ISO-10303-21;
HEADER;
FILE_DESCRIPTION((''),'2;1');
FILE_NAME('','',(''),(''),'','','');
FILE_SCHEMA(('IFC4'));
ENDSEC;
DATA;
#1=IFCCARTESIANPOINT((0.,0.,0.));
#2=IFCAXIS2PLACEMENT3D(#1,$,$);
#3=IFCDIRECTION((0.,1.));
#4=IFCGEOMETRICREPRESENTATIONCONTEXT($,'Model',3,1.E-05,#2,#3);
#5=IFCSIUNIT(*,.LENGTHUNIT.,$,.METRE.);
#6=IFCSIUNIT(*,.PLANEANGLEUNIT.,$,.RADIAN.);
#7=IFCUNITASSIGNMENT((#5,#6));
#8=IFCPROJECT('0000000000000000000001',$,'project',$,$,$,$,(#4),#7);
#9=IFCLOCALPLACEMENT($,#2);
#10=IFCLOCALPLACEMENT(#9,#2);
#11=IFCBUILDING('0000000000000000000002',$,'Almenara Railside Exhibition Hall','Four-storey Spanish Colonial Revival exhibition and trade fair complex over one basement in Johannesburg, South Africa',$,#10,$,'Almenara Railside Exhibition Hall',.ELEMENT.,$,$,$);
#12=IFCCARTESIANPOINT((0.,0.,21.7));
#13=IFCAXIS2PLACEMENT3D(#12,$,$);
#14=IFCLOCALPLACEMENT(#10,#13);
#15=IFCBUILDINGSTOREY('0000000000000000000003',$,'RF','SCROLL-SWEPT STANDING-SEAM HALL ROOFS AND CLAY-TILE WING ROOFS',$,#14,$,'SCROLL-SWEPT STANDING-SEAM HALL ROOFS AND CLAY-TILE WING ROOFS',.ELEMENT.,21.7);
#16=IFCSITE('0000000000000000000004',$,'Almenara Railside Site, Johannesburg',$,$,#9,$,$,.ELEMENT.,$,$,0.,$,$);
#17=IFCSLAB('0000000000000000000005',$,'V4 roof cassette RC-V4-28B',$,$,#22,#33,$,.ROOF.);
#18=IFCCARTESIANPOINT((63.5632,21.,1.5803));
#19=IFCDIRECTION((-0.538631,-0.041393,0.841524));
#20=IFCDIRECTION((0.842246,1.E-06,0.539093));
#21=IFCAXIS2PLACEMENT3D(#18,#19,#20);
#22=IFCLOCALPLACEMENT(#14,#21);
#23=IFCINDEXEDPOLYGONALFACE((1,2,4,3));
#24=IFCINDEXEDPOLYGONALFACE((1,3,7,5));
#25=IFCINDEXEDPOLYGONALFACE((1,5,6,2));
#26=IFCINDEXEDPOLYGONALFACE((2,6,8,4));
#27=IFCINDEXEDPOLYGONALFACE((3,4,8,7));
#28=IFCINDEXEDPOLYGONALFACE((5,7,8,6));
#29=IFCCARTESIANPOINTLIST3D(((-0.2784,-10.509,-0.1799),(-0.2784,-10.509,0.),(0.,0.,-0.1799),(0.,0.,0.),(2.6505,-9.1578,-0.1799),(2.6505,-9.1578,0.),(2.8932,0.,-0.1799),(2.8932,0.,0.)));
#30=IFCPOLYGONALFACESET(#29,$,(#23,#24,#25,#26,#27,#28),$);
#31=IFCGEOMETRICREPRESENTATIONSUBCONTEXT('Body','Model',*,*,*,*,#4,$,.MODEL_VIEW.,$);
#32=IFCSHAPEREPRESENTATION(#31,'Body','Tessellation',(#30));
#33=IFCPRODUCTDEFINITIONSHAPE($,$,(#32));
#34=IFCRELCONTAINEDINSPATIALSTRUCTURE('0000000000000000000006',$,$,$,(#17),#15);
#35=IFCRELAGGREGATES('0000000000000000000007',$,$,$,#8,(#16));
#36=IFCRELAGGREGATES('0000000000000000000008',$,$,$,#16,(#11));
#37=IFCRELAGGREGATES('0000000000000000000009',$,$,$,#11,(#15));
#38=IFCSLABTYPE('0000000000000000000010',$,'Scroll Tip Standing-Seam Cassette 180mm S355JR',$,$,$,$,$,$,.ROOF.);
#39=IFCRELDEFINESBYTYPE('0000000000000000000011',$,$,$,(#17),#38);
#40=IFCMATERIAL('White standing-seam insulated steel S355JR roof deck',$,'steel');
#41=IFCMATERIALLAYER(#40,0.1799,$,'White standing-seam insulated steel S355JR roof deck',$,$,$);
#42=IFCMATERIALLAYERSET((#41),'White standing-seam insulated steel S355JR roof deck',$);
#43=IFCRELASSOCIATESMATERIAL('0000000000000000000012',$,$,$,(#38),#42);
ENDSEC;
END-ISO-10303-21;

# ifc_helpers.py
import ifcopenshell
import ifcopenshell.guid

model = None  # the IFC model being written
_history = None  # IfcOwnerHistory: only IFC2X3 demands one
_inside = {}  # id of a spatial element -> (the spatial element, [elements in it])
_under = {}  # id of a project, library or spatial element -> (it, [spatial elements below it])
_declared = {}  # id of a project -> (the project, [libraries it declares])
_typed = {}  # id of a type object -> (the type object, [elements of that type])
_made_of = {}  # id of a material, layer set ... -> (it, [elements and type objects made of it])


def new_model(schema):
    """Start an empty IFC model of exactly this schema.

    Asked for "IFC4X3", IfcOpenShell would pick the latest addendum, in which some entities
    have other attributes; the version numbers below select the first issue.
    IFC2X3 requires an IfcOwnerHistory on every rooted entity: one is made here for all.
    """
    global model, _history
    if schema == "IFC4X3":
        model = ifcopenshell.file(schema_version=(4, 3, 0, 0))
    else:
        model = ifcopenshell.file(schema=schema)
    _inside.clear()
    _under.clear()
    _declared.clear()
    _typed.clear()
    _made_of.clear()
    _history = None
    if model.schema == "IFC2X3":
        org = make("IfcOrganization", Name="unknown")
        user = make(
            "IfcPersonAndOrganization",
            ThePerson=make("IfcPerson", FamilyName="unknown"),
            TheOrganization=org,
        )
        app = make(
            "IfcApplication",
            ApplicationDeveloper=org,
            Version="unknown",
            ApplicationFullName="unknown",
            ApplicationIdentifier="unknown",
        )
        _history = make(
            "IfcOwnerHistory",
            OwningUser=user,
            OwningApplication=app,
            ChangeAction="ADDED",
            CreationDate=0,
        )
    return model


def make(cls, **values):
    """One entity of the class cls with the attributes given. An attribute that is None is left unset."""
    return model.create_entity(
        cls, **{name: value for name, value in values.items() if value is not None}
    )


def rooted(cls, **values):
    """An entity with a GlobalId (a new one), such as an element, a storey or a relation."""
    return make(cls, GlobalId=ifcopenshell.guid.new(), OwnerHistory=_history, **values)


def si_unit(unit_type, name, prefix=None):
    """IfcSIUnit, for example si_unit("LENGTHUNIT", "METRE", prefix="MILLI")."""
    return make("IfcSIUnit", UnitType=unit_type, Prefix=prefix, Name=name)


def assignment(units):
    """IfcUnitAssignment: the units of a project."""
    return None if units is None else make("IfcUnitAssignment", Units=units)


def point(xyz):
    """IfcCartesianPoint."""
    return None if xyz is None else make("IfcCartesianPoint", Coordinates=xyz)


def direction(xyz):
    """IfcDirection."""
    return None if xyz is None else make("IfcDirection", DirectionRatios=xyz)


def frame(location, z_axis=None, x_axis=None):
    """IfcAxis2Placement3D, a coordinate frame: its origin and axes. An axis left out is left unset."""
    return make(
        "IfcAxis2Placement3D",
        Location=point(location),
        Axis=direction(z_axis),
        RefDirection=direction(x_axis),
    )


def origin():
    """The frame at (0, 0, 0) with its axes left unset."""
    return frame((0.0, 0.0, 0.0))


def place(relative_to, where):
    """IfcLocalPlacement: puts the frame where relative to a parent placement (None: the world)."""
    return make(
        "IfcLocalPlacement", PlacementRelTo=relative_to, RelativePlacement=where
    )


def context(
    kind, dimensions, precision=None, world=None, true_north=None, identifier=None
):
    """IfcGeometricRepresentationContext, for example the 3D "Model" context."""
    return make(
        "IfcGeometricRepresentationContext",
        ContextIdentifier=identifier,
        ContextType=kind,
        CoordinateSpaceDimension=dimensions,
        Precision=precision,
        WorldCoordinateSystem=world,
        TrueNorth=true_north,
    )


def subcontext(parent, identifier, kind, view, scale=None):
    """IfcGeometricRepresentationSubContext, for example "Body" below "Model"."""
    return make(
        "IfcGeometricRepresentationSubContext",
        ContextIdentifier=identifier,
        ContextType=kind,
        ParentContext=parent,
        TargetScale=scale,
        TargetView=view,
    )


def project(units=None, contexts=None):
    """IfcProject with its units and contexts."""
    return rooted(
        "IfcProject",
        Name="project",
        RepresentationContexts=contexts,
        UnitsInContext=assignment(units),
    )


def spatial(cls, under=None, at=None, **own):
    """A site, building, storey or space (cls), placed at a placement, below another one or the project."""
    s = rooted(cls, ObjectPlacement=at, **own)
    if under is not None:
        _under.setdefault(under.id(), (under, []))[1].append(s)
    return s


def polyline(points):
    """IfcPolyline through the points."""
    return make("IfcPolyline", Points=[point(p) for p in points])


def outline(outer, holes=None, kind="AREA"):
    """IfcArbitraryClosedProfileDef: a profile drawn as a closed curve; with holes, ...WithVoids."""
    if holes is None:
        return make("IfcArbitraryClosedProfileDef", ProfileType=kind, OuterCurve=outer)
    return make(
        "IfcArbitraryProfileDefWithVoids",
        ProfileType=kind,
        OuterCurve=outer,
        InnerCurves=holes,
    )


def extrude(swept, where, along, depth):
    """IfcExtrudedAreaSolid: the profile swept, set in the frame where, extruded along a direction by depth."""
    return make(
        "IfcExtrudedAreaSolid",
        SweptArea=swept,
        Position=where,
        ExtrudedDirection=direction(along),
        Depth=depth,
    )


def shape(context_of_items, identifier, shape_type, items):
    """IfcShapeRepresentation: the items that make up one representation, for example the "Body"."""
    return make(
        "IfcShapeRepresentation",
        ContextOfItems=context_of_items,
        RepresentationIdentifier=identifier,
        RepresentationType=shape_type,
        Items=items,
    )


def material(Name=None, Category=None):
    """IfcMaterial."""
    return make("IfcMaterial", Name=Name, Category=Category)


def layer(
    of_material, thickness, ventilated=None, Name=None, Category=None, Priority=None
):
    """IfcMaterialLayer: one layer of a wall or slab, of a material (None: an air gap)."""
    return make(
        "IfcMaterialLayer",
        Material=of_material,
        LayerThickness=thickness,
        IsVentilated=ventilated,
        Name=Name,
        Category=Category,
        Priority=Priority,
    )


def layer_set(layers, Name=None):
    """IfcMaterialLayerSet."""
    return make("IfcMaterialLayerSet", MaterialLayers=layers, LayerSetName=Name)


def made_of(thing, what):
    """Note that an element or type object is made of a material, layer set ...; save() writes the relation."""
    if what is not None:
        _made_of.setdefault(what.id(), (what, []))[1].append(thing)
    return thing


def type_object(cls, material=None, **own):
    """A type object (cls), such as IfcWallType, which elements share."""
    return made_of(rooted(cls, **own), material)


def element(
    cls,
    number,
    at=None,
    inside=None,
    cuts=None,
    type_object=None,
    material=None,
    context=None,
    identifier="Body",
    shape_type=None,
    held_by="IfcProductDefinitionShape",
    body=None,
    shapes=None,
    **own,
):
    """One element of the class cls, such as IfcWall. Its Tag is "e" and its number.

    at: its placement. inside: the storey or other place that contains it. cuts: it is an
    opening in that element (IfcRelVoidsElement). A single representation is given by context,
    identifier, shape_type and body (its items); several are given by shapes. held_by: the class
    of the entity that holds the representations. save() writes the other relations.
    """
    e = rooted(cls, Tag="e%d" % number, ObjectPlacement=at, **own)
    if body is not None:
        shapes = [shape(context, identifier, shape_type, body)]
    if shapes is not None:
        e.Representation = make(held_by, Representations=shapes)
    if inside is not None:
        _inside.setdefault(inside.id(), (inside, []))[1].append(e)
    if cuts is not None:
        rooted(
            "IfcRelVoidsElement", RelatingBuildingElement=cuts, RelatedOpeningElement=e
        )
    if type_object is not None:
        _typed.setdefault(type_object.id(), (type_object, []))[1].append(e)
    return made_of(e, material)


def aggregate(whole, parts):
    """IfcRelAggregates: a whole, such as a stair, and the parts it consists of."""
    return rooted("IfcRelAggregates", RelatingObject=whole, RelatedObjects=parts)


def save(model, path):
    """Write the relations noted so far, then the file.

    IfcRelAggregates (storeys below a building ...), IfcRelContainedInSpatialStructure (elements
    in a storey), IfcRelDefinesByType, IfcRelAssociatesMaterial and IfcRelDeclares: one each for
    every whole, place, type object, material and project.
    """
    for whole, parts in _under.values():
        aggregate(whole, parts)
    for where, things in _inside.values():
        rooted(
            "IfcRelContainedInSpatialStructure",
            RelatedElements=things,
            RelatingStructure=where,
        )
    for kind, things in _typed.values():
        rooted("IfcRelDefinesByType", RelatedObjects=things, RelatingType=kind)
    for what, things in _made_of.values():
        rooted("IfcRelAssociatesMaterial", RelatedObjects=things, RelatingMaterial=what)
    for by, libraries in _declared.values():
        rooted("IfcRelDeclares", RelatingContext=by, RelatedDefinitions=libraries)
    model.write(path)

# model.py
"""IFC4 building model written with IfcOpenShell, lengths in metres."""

from ifc_helpers import new_model, si_unit, direction, frame, origin, place, context, subcontext, project, spatial, polyline, outline, extrude, material, layer, layer_set, type_object, element, save


model = new_model("IFC4")

# Units and contexts
model_context = context("Model", 3, precision=1e-05, world=origin(), true_north=direction((0.0, 1.0)))
body_context = subcontext(model_context, "Body", "Model", "MODEL_VIEW")
ifc_project = project(units=[si_unit("LENGTHUNIT", "METRE"), si_unit("PLANEANGLEUNIT", "RADIAN")], contexts=[model_context])

# Site, building, storey
site_placement = place(None, origin())
site = spatial("IfcSite", under=ifc_project, at=site_placement, Name="Almenara Railside Site, Johannesburg", CompositionType="ELEMENT", RefElevation=0.0)
building_placement = place(site_placement, origin())
building = spatial("IfcBuilding", under=site, at=building_placement, Name="Almenara Railside Exhibition Hall", Description="Four-storey Spanish Colonial Revival exhibition and trade fair complex over one basement in Johannesburg, South Africa", LongName="Almenara Railside Exhibition Hall", CompositionType="ELEMENT")
storey_placement = place(building_placement, frame((0.0, 0.0, 21.7)))
storey = spatial("IfcBuildingStorey", under=building, at=storey_placement, Name="RF", Description="SCROLL-SWEPT STANDING-SEAM HALL ROOFS AND CLAY-TILE WING ROOFS", LongName="SCROLL-SWEPT STANDING-SEAM HALL ROOFS AND CLAY-TILE WING ROOFS", CompositionType="ELEMENT", Elevation=21.7)

# Slab
ifc_material_1 = material(Name="White standing-seam insulated steel S355JR roof deck", Category="steel")
ifc_layer_1 = layer(ifc_material_1, 0.1799, Name="White standing-seam insulated steel S355JR roof deck")
ifc_layer_set_1 = layer_set([ifc_layer_1], Name="White standing-seam insulated steel S355JR roof deck")
slab_type_1 = type_object("IfcSlabType", Name="Scroll Tip Standing-Seam Cassette 180mm S355JR", PredefinedType="ROOF", material=ifc_layer_set_1)
slab_1_placement = place(storey_placement, frame((63.5632, 21.0, 1.5803), z_axis=(-0.538631, -0.041393, 0.841524), x_axis=(0.842246, 0.000001, 0.539093)))
element("IfcSlab", 1, at=slab_1_placement, inside=storey, type_object=slab_type_1, Name="V4 roof cassette RC-V4-28B", PredefinedType="ROOF", context=body_context, shape_type="SweptSolid", body=[
    extrude(outline(polyline([(0.0, 0.0), (2.8932, 0.0), (2.6505, -9.1578), (-0.2784, -10.509), (0.0, 0.0)])), origin(), (0.0, 0.0, -1.0), 0.1799),
])

save(model, "model.ifc")
